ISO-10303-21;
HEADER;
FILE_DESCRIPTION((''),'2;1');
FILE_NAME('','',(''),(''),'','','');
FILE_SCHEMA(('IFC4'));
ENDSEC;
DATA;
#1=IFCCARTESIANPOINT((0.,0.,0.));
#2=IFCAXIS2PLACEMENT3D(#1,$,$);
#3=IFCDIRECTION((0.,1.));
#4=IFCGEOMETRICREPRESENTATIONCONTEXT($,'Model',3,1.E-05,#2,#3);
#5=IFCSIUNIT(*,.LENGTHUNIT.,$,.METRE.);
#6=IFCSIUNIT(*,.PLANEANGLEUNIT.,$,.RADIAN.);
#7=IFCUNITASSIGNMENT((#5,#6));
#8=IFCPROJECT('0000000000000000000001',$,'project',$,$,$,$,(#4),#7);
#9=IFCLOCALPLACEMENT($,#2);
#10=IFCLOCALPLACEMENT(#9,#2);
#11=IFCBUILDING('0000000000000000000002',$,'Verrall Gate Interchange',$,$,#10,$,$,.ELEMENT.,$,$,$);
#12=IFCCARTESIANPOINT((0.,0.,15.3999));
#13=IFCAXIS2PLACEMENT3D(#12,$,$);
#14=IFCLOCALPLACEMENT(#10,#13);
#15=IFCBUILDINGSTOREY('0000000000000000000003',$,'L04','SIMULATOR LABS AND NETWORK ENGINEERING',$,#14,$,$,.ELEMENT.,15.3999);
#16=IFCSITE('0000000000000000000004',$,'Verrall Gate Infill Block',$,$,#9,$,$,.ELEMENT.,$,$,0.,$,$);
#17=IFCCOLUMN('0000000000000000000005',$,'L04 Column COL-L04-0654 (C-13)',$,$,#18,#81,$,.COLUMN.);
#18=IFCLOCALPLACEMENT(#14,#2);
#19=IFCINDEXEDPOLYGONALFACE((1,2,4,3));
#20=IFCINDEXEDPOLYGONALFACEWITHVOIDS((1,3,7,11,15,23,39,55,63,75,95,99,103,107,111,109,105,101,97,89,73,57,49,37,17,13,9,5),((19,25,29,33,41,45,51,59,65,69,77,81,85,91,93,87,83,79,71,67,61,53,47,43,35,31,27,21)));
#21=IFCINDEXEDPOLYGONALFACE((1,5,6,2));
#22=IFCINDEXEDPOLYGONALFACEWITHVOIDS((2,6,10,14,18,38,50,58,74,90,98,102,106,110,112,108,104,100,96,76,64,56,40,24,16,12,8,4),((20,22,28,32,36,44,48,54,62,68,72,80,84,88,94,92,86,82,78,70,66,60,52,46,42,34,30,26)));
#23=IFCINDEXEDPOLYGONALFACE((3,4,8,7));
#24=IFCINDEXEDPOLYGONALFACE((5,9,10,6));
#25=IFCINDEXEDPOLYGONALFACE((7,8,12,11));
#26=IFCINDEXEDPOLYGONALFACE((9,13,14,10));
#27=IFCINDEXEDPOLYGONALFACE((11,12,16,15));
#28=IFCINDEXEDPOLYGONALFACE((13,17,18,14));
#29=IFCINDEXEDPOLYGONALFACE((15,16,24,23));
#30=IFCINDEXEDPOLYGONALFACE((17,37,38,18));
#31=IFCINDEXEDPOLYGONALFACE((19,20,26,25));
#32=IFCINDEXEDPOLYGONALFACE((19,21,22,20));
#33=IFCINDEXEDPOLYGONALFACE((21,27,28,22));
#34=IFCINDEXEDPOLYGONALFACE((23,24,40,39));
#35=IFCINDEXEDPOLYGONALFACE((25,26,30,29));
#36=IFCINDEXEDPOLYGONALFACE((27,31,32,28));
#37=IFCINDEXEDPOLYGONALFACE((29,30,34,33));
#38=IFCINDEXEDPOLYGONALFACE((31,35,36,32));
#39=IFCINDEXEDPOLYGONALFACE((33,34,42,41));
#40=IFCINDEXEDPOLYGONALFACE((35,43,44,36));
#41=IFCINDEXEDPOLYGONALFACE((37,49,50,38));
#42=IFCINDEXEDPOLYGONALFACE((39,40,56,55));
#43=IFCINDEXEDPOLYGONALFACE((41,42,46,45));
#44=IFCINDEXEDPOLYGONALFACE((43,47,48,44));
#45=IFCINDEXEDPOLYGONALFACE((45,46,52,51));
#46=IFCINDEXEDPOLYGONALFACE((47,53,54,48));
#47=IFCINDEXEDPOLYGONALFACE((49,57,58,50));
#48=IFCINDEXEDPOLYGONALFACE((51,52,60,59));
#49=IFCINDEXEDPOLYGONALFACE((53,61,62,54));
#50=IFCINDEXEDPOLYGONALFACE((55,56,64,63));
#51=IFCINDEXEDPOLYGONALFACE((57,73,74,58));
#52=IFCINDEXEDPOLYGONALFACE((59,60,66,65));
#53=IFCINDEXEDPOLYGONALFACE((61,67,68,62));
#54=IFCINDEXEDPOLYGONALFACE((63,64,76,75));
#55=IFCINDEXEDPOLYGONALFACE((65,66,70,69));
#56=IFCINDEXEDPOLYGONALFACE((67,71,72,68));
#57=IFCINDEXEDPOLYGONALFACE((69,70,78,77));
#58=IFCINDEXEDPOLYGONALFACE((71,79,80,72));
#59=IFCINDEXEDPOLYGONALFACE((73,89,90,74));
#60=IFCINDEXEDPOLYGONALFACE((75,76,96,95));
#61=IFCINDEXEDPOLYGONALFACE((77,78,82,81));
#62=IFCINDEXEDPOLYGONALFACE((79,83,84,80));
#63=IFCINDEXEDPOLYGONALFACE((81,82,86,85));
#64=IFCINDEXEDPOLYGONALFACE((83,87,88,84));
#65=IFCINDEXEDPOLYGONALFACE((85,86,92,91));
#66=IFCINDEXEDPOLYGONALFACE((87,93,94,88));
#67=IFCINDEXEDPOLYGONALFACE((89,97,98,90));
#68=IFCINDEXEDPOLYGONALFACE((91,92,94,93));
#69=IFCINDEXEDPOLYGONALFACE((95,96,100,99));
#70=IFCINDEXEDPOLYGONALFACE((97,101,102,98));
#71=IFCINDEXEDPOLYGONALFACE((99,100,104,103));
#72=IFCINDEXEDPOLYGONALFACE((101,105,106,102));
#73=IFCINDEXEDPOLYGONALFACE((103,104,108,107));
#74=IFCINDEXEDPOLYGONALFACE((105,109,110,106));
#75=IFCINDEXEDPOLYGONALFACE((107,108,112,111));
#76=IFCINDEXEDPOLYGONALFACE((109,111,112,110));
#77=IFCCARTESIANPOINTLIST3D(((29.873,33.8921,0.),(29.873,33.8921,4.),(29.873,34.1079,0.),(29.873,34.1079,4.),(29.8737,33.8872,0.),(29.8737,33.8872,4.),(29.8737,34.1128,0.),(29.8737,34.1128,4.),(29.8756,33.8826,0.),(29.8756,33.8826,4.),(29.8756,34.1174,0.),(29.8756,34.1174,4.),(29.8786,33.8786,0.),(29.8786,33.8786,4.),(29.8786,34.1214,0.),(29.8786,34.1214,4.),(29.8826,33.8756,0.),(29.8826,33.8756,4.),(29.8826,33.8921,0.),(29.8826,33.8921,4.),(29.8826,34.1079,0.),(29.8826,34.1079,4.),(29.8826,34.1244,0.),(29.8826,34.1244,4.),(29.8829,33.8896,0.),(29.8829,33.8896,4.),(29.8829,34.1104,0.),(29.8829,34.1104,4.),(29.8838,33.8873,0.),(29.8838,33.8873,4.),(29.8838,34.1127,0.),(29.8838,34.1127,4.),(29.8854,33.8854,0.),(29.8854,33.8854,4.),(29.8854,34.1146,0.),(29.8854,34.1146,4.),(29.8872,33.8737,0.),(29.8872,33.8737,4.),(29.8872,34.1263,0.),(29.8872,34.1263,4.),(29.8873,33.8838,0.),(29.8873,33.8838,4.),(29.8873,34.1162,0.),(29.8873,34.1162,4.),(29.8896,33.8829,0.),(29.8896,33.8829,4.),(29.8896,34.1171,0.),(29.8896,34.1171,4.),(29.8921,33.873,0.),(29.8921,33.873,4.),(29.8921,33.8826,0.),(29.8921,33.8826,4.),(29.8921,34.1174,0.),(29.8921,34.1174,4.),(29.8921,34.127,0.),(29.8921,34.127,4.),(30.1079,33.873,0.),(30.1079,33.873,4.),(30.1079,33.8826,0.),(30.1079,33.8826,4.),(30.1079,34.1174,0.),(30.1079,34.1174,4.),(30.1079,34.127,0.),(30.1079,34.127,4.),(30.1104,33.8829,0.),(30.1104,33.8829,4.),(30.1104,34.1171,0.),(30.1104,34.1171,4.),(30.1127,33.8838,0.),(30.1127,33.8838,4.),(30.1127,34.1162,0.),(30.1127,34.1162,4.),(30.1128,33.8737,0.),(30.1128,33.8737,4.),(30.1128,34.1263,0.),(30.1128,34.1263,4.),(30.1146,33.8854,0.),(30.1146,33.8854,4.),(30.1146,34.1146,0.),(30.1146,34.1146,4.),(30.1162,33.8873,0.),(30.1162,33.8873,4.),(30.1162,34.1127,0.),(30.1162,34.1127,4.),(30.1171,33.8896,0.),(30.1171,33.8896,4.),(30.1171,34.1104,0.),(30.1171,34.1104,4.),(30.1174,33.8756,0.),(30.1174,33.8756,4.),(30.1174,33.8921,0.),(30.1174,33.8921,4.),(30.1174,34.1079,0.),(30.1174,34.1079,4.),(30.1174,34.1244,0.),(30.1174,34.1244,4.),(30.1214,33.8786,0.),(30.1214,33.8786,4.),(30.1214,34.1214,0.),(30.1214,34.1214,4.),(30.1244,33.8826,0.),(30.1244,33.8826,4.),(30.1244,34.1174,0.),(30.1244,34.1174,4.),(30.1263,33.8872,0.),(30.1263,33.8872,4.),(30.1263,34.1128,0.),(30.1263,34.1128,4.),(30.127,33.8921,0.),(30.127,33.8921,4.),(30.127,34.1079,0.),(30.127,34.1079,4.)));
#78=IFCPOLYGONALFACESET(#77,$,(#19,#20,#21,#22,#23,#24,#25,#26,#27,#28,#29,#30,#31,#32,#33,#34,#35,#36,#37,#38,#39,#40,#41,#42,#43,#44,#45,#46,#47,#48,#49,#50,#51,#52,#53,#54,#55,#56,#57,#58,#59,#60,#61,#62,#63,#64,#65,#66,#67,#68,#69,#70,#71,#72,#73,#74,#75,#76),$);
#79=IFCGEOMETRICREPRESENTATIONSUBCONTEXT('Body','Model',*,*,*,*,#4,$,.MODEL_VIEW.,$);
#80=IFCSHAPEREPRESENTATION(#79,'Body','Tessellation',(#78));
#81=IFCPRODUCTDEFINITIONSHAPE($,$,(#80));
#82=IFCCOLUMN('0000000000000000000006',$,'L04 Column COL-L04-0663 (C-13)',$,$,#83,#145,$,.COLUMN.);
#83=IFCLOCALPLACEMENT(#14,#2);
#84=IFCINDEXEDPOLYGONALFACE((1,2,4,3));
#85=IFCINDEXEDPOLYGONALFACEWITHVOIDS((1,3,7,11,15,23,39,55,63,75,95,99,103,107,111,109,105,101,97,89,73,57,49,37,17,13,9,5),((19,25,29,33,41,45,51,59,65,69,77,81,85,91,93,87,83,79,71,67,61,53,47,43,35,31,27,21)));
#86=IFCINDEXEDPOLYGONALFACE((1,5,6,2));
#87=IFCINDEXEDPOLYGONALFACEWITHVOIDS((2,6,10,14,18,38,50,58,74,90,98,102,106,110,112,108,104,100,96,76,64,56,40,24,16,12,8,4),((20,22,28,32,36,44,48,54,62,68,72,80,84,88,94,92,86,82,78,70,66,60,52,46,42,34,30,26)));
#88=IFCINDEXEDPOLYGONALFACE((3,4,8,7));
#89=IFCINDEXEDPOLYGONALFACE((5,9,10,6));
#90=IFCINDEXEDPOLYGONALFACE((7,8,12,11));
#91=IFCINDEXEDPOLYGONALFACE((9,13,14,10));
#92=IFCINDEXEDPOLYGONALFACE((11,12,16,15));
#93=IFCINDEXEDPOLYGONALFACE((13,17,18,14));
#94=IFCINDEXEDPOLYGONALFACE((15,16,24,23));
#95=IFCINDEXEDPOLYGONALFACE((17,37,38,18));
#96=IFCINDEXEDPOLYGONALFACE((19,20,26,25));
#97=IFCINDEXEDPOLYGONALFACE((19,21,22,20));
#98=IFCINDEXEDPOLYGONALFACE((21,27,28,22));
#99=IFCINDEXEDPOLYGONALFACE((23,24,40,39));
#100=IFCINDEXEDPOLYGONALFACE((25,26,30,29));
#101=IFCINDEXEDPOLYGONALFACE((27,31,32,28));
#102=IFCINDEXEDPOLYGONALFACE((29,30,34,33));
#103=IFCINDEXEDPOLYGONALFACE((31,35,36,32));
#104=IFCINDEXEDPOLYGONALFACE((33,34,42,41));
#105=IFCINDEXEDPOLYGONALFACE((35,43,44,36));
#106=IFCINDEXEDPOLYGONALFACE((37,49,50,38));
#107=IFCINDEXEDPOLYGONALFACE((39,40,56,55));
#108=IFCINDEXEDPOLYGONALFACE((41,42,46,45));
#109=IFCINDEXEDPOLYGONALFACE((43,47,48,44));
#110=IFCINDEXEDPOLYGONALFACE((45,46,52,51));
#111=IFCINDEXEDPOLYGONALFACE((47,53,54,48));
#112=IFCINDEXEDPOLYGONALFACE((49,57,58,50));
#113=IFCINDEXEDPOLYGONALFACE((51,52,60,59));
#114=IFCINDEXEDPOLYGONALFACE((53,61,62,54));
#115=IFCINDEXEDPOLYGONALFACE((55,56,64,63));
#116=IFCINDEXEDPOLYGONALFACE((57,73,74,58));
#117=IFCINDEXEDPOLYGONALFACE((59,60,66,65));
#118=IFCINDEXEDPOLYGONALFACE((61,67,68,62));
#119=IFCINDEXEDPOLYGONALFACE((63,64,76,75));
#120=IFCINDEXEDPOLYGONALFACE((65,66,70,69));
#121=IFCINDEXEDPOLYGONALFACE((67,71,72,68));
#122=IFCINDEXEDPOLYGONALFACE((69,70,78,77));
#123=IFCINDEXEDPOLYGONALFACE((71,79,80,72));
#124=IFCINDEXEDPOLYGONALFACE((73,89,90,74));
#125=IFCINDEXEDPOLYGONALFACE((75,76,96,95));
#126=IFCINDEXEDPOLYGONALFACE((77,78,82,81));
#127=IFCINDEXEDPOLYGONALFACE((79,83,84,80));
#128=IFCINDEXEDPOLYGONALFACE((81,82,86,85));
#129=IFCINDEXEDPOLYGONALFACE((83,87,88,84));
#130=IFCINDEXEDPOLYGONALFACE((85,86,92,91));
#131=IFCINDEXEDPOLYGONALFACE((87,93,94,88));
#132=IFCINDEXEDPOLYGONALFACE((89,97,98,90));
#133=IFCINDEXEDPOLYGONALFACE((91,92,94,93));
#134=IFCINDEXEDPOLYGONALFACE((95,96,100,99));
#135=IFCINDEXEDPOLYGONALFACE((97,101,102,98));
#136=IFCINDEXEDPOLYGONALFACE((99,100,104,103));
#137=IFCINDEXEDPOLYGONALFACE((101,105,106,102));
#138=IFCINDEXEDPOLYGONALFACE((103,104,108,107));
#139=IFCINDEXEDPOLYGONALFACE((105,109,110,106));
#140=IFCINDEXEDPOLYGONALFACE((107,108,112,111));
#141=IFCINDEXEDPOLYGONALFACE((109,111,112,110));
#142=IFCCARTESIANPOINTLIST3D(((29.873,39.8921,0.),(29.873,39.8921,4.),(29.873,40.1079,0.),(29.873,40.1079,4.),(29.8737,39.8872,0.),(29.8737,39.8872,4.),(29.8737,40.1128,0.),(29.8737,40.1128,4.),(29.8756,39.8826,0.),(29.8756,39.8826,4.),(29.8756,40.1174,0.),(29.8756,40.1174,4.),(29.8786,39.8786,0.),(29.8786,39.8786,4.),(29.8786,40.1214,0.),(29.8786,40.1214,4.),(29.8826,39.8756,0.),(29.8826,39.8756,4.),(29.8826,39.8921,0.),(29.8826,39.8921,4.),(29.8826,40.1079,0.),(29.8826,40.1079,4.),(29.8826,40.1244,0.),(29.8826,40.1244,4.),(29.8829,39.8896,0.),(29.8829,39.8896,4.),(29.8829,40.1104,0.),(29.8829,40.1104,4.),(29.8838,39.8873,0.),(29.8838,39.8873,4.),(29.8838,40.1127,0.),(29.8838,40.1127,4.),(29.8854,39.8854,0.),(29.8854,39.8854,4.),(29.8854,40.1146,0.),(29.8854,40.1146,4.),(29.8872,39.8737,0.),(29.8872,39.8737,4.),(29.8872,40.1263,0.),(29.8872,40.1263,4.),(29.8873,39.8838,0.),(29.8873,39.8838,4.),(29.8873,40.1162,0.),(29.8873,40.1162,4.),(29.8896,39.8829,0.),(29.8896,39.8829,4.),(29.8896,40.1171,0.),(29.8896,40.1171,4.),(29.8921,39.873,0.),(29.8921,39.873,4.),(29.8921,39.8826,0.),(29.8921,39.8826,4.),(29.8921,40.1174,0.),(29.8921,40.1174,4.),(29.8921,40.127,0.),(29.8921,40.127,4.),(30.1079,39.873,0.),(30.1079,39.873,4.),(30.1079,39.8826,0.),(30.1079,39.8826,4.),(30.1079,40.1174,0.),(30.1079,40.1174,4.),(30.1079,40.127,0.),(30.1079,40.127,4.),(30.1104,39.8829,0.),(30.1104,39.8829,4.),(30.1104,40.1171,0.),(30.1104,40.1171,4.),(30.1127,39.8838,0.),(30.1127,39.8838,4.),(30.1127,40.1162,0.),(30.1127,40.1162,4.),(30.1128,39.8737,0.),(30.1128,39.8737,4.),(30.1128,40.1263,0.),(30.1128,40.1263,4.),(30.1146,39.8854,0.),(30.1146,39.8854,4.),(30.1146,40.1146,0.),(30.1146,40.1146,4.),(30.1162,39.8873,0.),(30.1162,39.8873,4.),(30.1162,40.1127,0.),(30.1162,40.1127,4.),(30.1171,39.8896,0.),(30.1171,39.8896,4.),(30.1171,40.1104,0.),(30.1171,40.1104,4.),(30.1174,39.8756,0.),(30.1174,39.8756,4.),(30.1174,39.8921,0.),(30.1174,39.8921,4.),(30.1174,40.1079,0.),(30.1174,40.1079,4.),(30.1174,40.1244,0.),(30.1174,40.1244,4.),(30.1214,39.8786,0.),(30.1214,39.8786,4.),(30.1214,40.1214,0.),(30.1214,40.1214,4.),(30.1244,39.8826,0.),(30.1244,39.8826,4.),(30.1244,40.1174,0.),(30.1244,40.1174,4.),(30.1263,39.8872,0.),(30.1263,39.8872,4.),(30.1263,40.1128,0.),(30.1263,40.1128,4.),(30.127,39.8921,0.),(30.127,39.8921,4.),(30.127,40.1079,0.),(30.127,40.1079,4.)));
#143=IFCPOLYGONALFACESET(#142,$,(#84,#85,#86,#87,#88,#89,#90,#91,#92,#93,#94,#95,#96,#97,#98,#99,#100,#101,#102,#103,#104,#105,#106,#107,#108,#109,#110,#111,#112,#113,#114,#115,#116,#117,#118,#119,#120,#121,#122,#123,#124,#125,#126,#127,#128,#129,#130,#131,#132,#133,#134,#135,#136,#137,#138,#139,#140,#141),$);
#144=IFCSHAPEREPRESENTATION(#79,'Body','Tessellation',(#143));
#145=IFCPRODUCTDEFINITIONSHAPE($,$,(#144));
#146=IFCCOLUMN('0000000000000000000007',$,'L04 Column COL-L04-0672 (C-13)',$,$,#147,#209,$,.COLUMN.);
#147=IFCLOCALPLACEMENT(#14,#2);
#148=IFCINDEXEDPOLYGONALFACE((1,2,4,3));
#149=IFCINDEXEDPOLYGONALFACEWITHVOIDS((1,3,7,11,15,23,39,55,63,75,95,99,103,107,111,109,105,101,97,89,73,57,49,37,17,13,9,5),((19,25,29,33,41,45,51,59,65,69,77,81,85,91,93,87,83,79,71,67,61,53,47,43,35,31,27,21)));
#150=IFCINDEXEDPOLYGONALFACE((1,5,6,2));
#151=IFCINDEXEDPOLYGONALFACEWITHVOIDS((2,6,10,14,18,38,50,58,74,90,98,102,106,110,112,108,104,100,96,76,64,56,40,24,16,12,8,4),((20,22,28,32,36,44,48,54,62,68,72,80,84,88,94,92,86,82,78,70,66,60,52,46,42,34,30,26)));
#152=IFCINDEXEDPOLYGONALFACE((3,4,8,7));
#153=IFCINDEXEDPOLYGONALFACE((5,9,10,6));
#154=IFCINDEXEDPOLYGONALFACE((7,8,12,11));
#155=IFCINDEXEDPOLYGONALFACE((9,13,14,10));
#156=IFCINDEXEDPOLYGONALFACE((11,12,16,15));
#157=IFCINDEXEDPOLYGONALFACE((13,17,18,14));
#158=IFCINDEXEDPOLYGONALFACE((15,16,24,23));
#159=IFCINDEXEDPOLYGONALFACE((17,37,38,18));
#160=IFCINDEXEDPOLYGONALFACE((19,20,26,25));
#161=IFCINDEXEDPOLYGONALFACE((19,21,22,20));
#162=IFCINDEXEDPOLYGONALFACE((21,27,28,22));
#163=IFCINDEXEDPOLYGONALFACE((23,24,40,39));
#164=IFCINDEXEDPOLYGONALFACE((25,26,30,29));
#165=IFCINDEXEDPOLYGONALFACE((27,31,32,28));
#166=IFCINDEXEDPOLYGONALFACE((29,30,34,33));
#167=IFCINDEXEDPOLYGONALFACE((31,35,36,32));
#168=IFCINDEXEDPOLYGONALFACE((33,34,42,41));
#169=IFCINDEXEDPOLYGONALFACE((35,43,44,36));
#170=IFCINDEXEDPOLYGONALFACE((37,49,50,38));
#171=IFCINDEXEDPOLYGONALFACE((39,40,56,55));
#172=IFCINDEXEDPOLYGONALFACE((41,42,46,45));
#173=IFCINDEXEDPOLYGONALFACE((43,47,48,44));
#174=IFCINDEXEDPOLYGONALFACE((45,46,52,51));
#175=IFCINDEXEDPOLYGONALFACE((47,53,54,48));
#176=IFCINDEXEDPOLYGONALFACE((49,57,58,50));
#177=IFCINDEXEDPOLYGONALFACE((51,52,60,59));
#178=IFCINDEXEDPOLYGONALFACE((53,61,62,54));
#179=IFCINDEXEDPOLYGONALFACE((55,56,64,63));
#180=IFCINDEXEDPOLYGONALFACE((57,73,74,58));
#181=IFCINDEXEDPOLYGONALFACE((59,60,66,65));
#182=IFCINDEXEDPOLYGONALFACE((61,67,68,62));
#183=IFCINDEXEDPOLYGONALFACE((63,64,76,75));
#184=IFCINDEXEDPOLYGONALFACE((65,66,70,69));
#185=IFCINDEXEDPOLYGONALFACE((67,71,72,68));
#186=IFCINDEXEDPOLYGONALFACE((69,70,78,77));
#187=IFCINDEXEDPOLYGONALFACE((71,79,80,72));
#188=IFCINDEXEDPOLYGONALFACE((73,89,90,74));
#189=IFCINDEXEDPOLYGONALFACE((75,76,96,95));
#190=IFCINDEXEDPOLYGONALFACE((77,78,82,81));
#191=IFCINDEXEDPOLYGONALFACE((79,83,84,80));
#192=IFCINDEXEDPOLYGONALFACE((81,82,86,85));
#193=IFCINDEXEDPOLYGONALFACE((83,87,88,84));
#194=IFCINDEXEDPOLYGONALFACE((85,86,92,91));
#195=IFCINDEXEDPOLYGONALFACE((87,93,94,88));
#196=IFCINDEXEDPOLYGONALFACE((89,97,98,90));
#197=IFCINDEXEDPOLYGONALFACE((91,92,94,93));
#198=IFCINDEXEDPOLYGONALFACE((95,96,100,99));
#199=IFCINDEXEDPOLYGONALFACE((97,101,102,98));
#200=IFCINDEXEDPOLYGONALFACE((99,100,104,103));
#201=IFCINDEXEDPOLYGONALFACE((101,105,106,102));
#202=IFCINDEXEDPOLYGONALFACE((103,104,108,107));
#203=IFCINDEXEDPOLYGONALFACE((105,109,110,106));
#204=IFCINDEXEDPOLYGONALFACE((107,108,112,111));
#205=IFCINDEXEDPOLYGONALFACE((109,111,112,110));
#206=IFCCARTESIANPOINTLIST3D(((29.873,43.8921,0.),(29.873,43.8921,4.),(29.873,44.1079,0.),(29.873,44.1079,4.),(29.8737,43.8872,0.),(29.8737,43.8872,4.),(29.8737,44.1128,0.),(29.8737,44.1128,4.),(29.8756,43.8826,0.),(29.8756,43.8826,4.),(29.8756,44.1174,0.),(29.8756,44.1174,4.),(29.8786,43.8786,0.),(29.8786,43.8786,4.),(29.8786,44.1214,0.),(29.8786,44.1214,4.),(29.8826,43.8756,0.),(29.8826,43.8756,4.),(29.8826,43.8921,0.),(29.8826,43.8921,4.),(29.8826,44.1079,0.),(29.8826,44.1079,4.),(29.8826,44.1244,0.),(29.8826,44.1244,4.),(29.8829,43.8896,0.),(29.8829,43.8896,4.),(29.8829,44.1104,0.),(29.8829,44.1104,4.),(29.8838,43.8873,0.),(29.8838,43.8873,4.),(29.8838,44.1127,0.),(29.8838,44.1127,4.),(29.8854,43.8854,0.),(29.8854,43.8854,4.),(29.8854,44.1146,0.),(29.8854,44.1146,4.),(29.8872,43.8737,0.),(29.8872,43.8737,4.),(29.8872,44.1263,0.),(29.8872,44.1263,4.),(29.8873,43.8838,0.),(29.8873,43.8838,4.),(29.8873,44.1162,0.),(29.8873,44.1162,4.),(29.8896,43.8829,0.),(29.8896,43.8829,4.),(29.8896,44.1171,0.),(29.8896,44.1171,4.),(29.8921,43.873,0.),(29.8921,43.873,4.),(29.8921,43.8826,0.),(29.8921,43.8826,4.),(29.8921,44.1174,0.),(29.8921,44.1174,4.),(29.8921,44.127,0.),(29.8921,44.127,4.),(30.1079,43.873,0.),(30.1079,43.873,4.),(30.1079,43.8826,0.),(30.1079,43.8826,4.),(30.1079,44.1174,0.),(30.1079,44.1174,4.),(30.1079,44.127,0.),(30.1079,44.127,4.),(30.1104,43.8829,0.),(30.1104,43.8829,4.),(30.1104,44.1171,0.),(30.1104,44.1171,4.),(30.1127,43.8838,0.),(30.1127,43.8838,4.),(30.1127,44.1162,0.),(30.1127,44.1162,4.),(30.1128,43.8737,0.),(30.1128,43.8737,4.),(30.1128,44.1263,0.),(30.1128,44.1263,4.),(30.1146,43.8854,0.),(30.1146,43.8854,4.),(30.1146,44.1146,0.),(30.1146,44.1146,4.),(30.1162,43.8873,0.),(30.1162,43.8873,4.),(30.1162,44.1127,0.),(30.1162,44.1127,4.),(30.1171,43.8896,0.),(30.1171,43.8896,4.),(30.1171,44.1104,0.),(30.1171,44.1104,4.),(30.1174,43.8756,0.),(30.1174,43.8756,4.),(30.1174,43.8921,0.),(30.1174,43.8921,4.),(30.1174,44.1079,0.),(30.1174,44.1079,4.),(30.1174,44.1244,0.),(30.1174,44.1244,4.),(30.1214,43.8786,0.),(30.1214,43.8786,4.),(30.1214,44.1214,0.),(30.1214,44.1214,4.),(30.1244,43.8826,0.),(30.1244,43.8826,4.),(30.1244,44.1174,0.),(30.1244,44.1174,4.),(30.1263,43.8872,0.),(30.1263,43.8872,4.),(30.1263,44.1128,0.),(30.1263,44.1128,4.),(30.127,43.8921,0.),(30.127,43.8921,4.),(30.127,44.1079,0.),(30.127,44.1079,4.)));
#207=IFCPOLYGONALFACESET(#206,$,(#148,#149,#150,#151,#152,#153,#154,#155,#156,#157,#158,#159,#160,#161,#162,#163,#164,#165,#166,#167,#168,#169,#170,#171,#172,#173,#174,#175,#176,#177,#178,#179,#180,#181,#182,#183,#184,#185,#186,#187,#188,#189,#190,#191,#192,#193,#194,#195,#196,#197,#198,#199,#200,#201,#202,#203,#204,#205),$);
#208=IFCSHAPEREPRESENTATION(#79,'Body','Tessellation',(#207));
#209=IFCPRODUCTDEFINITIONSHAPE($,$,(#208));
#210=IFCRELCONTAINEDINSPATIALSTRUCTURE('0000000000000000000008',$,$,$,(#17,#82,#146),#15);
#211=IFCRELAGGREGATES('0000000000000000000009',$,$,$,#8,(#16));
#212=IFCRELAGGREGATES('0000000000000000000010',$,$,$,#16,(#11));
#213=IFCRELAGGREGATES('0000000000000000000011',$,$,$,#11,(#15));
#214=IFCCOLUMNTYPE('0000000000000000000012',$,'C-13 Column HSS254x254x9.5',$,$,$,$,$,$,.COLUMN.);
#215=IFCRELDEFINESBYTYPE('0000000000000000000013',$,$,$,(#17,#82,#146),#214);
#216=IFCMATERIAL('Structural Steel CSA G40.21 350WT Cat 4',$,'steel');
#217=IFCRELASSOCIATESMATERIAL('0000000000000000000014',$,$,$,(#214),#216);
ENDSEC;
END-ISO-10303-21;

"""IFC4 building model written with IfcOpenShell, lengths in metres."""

from ifc_helpers import new_model, si_unit, direction, frame, origin, origin_2d, place, context, subcontext, project, spatial, hollow_rectangle, extrude, material, material_profile, profile_set, type_object, element, save


model = new_model("IFC4")

# Units and contexts
model_context = context("Model", 3, precision=1e-05, world=origin(), true_north=direction((0.0, 1.0)))
body_context = subcontext(model_context, "Body", "Model", "MODEL_VIEW")
ifc_project = project(units=[si_unit("LENGTHUNIT", "METRE"), si_unit("PLANEANGLEUNIT", "RADIAN")], contexts=[model_context])

# Site, building, storey
site_placement = place(None, origin())
site = spatial("IfcSite", under=ifc_project, at=site_placement, Name="Verrall Gate Infill Block", CompositionType="ELEMENT", RefElevation=0.0)
building_placement = place(site_placement, origin())
building = spatial("IfcBuilding", under=site, at=building_placement, Name="Verrall Gate Interchange", CompositionType="ELEMENT")
storey_placement = place(building_placement, frame((0.0, 0.0, 15.3999)))
storey = spatial("IfcBuildingStorey", under=building, at=storey_placement, Name="L04", Description="SIMULATOR LABS AND NETWORK ENGINEERING", CompositionType="ELEMENT", Elevation=15.3999)

# Columns
ifc_material_1 = material(Name="Structural Steel CSA G40.21 350WT Cat 4", Category="steel")
ifc_material_profile_1 = material_profile(ifc_material_1, hollow_rectangle(XDim=0.2539, YDim=0.2539, WallThickness=0.0095, InnerFilletRadius=0.0095, OuterFilletRadius=0.019, at=origin_2d()), Name="HSS254x254x9.5")
ifc_profile_set_1 = profile_set([ifc_material_profile_1], Name="Structural Steel CSA G40.21 350WT Cat 4")
column_type = type_object("IfcColumnType", Name="C-13 Column HSS254x254x9.5", PredefinedType="COLUMN", material=ifc_profile_set_1)
for number, where, z_axis, x_axis, name in (
    (1, (30.0, 34.0, 0.0), (0.0, 0.0, 1.0), (1.0, 0.0, 0.0), "L04 Column COL-L04-0654 (C-13)"),
    (2, (30.0, 40.0, 0.0), (0.0, 0.0, 1.0), (1.0, 0.0, 0.0), "L04 Column COL-L04-0663 (C-13)"),
    (3, (30.0, 44.0, 0.0), (0.0, 0.0, 1.0), (1.0, 0.0, 0.0), "L04 Column COL-L04-0672 (C-13)"),
):
    element("IfcColumn", number, at=place(storey_placement, frame(where, z_axis=z_axis, x_axis=x_axis)), inside=storey, type_object=column_type, Name=name, PredefinedType="COLUMN", context=body_context, shape_type="SweptSolid", body=[
        extrude(hollow_rectangle(XDim=0.2539, YDim=0.2539, WallThickness=0.0095, InnerFilletRadius=0.0095, OuterFilletRadius=0.019, at=origin_2d()), origin(), (0.0, 0.0, 1.0), 4.0),
    ])

save(model, "model.ifc")
